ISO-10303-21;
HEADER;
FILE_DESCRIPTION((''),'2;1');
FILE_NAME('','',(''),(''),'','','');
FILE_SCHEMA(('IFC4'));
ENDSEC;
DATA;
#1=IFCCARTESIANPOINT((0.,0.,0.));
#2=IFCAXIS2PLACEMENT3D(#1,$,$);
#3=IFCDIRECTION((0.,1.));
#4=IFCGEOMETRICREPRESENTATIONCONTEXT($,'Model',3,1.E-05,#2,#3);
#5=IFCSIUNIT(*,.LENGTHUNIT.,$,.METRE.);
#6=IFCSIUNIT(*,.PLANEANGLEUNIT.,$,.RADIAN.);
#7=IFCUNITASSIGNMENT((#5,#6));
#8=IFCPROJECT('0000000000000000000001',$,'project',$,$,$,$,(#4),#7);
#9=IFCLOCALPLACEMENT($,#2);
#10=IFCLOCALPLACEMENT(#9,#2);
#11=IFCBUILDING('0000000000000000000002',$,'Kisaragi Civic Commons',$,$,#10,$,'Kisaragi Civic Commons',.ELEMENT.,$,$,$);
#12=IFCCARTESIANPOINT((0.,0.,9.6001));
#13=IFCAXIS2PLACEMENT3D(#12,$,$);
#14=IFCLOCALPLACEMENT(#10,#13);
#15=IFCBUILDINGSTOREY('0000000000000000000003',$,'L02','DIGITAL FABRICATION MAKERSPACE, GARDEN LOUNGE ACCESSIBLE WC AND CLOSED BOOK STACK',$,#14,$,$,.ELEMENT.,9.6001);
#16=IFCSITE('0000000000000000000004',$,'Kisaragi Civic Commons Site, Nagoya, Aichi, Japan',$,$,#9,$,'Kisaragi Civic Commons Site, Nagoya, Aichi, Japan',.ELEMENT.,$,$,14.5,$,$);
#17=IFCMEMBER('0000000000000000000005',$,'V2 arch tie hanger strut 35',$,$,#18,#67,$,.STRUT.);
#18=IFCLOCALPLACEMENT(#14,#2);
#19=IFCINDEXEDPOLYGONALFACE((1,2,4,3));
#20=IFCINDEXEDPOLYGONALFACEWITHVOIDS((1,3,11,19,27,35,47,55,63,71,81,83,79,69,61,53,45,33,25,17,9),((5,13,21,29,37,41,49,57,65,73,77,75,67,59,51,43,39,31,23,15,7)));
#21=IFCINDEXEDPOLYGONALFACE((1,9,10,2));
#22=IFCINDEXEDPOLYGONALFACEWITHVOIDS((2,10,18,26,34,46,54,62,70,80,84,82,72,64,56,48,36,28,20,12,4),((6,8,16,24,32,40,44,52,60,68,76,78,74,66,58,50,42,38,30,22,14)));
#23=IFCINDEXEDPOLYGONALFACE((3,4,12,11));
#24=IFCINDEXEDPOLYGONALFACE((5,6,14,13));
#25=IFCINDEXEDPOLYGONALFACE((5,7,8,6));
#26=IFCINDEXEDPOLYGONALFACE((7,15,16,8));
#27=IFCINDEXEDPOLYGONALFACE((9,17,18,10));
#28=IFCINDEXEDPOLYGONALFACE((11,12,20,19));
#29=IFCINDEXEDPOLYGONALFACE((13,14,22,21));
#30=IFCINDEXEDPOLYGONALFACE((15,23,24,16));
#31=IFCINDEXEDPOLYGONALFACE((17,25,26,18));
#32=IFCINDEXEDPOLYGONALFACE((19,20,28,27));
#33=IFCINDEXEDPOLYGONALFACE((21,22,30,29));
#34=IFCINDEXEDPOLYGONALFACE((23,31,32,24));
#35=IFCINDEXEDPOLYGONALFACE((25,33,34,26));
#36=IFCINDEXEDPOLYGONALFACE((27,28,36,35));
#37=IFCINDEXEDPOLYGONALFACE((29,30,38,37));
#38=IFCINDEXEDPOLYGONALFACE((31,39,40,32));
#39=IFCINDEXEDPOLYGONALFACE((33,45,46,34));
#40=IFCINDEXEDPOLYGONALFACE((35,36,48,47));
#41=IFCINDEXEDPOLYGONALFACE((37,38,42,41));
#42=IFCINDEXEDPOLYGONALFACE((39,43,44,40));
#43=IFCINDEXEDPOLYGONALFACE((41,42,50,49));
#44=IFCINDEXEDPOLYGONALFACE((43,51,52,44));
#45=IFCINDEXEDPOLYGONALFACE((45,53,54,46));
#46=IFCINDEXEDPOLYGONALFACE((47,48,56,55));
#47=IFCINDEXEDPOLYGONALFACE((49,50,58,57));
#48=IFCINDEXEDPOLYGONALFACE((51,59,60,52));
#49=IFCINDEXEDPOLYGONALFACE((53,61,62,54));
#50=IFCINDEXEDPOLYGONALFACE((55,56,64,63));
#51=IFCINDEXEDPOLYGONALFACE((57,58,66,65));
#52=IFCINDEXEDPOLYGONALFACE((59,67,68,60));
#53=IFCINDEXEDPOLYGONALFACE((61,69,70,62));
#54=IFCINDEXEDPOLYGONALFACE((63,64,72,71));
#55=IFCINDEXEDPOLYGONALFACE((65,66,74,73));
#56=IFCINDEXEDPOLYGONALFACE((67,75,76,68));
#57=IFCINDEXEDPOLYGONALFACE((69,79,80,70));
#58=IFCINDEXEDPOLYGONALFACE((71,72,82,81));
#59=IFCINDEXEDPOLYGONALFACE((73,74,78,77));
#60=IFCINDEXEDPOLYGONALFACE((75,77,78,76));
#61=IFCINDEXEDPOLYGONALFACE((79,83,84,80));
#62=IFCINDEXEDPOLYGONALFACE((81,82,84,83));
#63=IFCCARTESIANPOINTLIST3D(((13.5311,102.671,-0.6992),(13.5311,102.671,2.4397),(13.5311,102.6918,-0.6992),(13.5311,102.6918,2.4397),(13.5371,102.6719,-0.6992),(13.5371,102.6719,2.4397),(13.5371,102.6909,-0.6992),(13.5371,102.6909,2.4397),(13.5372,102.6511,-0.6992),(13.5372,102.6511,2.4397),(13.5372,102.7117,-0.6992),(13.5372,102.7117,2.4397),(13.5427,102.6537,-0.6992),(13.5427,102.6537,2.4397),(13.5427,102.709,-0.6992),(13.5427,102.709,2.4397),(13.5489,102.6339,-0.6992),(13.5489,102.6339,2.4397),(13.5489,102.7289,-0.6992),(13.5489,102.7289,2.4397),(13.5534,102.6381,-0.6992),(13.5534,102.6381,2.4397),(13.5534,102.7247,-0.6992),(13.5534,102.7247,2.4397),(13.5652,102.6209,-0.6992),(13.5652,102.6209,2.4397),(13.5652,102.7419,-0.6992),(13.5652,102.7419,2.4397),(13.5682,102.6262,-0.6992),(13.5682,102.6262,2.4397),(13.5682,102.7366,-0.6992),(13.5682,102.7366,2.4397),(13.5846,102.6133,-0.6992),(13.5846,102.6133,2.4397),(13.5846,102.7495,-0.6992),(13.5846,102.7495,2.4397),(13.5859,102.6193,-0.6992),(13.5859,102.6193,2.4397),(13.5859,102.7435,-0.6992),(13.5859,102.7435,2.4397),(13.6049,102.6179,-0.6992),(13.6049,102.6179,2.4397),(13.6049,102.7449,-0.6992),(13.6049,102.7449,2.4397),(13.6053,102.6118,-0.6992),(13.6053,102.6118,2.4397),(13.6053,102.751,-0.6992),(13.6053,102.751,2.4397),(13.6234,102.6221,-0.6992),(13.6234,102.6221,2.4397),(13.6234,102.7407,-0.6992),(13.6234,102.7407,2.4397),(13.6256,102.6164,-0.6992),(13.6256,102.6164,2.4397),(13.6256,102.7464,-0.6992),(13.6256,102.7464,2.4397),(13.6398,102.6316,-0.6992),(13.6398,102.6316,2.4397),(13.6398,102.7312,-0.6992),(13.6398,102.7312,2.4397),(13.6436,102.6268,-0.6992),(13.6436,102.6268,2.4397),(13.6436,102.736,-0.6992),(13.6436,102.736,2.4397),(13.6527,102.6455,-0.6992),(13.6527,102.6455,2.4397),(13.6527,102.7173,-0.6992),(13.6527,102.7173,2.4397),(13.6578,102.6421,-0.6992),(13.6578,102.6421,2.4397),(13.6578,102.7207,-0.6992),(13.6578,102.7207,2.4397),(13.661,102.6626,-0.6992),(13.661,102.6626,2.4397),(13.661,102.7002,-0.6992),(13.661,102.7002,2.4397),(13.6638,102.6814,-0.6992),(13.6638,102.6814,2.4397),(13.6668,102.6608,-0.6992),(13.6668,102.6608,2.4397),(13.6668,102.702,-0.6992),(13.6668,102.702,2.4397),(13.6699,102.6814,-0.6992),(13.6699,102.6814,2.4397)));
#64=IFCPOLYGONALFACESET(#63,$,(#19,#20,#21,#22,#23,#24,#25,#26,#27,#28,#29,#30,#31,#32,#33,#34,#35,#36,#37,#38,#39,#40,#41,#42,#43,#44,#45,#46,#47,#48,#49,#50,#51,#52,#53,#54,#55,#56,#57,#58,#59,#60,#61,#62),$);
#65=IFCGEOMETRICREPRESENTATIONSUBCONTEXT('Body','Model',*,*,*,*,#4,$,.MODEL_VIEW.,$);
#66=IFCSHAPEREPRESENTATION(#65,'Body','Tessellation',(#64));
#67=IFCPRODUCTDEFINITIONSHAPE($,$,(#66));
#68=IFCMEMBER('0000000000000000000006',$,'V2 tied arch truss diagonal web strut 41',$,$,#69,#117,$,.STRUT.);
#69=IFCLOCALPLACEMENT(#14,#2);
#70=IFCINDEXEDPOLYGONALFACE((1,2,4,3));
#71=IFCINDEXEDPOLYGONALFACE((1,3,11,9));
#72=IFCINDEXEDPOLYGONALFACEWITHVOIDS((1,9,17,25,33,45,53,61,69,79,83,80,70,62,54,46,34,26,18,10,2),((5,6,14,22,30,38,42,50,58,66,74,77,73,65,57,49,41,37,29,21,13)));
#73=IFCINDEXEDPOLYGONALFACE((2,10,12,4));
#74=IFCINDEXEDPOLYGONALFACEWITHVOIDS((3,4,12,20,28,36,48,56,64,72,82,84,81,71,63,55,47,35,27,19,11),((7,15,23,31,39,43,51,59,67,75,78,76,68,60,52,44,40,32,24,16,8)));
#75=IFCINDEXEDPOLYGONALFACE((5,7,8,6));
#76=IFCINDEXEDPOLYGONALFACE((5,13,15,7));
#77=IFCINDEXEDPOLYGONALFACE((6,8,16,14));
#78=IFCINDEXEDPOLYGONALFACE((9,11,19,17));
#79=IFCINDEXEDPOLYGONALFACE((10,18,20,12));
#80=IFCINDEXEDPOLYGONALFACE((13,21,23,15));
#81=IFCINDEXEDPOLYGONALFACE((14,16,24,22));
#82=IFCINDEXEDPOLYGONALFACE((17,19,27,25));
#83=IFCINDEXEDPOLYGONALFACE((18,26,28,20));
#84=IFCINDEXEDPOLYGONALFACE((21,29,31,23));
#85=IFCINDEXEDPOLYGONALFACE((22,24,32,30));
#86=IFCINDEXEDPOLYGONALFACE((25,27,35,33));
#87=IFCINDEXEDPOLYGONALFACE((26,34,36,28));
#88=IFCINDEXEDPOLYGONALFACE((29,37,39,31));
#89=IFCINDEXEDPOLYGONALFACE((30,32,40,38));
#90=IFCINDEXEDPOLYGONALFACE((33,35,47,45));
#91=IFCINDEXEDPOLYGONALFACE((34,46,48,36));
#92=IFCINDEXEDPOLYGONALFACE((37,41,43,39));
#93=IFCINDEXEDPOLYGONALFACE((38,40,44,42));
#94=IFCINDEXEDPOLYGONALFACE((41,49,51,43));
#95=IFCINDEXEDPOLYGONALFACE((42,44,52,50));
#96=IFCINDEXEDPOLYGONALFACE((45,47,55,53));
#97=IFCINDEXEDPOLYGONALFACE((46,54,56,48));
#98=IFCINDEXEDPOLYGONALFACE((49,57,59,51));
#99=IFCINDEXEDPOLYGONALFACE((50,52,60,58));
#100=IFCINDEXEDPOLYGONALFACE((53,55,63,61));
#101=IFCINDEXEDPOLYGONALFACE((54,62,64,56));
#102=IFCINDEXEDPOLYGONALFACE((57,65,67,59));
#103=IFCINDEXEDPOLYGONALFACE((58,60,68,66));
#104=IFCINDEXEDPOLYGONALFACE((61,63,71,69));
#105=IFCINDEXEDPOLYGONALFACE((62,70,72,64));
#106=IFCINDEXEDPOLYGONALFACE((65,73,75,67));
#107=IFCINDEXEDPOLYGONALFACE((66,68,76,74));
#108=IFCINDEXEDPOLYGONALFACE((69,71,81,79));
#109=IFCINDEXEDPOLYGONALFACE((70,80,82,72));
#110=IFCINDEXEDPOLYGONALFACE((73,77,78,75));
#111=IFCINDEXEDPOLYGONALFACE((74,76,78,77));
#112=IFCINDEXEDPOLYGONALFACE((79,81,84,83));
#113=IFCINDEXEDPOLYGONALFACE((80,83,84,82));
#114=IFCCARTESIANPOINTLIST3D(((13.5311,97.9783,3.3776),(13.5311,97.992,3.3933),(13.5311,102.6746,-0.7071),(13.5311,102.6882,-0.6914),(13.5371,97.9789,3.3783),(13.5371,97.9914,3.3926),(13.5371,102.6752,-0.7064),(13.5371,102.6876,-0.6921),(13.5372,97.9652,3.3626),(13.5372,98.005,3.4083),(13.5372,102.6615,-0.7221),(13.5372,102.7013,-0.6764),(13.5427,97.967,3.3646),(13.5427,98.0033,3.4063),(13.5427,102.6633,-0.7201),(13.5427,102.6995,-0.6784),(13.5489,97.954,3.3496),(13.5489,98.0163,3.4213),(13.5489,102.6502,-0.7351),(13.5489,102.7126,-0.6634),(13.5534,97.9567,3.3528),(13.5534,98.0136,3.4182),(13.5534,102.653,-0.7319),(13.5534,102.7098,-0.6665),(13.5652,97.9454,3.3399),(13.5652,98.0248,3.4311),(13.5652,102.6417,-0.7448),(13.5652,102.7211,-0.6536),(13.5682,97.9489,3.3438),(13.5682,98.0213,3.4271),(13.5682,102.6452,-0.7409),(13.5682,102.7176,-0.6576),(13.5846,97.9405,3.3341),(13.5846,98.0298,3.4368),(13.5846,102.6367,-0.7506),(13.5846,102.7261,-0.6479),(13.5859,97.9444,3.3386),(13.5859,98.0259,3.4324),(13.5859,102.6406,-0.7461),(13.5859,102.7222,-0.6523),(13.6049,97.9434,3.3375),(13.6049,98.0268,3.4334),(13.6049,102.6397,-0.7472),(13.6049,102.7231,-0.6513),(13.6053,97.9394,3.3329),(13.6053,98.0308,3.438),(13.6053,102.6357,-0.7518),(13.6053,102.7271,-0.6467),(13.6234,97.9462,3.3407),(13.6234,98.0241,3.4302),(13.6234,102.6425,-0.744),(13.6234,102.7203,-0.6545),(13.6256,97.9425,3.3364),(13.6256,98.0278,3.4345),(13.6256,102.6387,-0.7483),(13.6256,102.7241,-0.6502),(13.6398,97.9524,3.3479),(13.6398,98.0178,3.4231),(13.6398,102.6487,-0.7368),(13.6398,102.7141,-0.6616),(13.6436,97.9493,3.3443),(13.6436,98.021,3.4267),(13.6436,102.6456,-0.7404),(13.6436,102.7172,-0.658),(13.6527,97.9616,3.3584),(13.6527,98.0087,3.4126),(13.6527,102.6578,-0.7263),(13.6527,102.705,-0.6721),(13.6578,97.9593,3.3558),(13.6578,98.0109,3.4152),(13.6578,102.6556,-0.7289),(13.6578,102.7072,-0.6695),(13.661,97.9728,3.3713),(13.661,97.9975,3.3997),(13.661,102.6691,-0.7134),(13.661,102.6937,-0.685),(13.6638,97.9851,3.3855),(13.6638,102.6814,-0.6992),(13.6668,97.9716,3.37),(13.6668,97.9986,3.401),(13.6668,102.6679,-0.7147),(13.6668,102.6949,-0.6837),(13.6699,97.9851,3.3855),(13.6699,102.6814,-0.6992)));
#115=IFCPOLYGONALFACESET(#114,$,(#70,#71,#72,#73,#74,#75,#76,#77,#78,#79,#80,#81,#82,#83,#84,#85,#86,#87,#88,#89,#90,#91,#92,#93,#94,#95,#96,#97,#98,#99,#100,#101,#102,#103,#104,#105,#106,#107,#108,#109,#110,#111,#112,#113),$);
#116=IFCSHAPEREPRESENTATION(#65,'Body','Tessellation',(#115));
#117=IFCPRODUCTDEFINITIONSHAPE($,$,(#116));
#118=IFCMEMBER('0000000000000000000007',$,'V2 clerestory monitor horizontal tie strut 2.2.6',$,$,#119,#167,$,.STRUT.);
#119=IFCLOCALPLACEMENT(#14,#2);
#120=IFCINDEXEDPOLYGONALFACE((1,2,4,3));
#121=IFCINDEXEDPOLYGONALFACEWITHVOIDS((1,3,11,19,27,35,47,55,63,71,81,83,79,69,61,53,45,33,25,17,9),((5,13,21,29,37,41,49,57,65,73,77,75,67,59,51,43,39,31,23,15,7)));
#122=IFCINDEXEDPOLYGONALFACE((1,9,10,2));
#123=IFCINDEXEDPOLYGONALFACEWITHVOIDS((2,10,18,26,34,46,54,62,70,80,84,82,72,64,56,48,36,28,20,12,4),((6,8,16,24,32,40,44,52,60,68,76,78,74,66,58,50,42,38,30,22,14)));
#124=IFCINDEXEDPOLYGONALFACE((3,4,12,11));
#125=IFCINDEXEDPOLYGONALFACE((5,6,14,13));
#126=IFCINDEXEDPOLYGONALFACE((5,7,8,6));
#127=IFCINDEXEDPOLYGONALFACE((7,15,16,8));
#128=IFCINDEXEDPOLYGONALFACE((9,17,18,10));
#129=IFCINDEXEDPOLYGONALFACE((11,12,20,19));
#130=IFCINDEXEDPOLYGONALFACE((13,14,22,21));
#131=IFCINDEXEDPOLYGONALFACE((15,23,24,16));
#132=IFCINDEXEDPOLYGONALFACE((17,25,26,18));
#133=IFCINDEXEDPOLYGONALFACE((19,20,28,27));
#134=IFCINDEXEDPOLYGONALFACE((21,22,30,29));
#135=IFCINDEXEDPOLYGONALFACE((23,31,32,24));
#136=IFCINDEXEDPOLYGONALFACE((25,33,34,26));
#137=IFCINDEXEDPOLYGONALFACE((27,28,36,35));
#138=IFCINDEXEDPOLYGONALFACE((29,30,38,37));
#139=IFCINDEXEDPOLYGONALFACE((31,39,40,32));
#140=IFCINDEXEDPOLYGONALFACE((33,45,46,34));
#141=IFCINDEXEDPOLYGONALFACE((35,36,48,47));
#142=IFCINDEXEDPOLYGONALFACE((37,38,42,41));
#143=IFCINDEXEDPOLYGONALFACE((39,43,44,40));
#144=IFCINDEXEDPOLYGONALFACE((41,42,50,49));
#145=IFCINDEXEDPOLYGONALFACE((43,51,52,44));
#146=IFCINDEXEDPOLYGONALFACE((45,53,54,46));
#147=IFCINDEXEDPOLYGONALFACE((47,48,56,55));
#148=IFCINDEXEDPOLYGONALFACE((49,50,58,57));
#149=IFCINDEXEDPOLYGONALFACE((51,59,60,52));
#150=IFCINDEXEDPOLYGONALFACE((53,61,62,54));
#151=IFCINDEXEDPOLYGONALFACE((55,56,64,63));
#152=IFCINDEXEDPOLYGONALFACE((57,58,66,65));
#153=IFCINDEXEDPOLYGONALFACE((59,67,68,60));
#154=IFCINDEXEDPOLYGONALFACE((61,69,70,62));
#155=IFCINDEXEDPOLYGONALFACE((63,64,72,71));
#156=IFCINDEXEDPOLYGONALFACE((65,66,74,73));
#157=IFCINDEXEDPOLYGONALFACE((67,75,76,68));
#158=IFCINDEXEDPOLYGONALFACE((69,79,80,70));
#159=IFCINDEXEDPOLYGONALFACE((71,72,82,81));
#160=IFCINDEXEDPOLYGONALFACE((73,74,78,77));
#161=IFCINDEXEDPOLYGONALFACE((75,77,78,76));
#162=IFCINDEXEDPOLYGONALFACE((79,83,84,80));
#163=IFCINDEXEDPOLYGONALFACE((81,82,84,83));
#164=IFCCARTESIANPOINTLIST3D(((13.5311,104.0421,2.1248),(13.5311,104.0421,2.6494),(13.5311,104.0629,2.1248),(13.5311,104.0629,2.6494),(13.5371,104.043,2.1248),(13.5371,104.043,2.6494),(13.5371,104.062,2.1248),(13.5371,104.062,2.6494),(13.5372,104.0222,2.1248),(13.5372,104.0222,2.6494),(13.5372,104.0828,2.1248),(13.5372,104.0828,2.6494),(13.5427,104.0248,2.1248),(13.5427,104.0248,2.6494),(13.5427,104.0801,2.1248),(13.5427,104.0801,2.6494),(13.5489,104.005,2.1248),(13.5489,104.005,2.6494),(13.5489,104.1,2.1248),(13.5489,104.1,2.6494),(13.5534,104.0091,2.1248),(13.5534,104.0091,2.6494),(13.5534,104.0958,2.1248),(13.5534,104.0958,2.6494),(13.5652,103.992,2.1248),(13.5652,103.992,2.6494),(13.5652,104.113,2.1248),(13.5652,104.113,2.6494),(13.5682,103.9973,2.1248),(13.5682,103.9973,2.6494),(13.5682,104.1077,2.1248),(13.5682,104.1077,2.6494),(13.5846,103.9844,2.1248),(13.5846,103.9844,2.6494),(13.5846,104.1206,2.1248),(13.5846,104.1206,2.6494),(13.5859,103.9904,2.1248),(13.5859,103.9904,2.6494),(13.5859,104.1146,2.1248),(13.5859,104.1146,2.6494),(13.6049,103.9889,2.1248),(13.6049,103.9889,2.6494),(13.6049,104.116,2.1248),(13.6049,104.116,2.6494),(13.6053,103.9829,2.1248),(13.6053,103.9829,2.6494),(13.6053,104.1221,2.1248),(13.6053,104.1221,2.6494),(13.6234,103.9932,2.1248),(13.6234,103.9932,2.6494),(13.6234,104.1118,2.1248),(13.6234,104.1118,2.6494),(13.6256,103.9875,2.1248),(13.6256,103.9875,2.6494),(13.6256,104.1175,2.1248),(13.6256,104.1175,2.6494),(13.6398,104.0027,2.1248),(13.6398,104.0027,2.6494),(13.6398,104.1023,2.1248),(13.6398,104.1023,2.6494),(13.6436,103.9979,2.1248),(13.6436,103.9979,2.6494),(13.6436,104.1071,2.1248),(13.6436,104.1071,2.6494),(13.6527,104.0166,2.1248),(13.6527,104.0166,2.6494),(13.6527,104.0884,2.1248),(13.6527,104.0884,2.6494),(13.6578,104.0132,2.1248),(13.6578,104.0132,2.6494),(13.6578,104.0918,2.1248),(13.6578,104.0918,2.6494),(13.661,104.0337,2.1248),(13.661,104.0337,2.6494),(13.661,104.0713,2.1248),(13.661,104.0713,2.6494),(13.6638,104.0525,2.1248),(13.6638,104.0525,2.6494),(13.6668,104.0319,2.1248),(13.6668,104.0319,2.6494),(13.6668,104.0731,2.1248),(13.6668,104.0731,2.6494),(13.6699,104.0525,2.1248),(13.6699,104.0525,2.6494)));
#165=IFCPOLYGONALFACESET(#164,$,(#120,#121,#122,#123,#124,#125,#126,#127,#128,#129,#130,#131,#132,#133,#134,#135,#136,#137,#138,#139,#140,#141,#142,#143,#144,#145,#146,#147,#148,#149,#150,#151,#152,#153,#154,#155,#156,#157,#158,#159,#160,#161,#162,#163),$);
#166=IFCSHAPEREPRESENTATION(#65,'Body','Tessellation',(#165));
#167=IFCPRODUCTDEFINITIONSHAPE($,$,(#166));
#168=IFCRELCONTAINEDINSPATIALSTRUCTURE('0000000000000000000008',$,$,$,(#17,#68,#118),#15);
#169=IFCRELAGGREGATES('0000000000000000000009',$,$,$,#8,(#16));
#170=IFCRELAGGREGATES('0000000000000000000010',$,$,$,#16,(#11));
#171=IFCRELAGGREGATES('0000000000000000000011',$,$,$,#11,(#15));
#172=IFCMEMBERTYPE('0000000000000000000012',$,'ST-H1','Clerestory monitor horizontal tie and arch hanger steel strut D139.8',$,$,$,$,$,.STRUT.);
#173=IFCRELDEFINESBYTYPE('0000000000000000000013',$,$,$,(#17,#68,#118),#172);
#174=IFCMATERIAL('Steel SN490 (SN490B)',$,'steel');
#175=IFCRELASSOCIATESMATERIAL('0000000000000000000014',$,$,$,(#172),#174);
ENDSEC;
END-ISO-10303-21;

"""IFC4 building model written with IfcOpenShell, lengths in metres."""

from ifc_helpers import new_model, si_unit, direction, frame, origin, origin_2d, place, context, subcontext, project, spatial, hollow_circle, extrude, material, material_profile, profile_set, type_object, element, save


model = new_model("IFC4")

# Units and contexts
model_context = context("Model", 3, precision=1e-05, world=origin(), true_north=direction((0.0, 1.0)))
body_context = subcontext(model_context, "Body", "Model", "MODEL_VIEW")
ifc_project = project(units=[si_unit("LENGTHUNIT", "METRE"), si_unit("PLANEANGLEUNIT", "RADIAN")], contexts=[model_context])

# Site, building, storey
site_placement = place(None, origin())
site = spatial("IfcSite", under=ifc_project, at=site_placement, Name="Kisaragi Civic Commons Site, Nagoya, Aichi, Japan", LongName="Kisaragi Civic Commons Site, Nagoya, Aichi, Japan", CompositionType="ELEMENT", RefElevation=14.5)
building_placement = place(site_placement, origin())
building = spatial("IfcBuilding", under=site, at=building_placement, Name="Kisaragi Civic Commons", LongName="Kisaragi Civic Commons", CompositionType="ELEMENT")
storey_placement = place(building_placement, frame((0.0, 0.0, 9.6001)))
storey = spatial("IfcBuildingStorey", under=building, at=storey_placement, Name="L02", Description="DIGITAL FABRICATION MAKERSPACE, GARDEN LOUNGE ACCESSIBLE WC AND CLOSED BOOK STACK", CompositionType="ELEMENT", Elevation=9.6001)

# Members
ifc_material_1 = material(Name="Steel SN490 (SN490B)", Category="steel")
ifc_material_profile_1 = material_profile(ifc_material_1, hollow_circle(Radius=0.0698, WallThickness=0.0061, at=origin_2d()), Name="CHS-139.8x6.0", Category="steel")
ifc_profile_set_1 = profile_set([ifc_material_profile_1], Name="Steel SN490 (SN490B)")
member_type_1 = type_object("IfcMemberType", Name="ST-H1", Description="Clerestory monitor horizontal tie and arch hanger steel strut D139.8", PredefinedType="STRUT", material=ifc_profile_set_1)
member_1_placement = place(storey_placement, frame((13.6001, 102.6814, -0.6992), z_axis=(0.0, 0.0, 1.0), x_axis=(1.0, 0.0, 0.0)))
element("IfcMember", 1, at=member_1_placement, inside=storey, type_object=member_type_1, Name="V2 arch tie hanger strut 35", PredefinedType="STRUT", context=body_context, shape_type="SweptSolid", body=[
    extrude(hollow_circle(Radius=0.0698, WallThickness=0.0061, at=origin_2d()), origin(), (0.0, 0.0, 1.0), 3.1389),
])
member_2_placement = place(storey_placement, frame((13.6001, 102.6814, -0.6992), z_axis=(0.0, -0.754527, 0.656269), x_axis=(1.0, 0.0, 0.0)))
element("IfcMember", 2, at=member_2_placement, inside=storey, type_object=member_type_1, Name="V2 tied arch truss diagonal web strut 41", PredefinedType="STRUT", context=body_context, shape_type="SweptSolid", body=[
    extrude(hollow_circle(Radius=0.0698, WallThickness=0.0061, at=origin_2d()), origin(), (0.0, 0.0, 1.0), 6.2241),
])
member_3_placement = place(storey_placement, frame((13.6001, 104.0525, 2.1248), z_axis=(0.0, 0.0, 1.0), x_axis=(1.0, 0.0, 0.0)))
element("IfcMember", 3, at=member_3_placement, inside=storey, type_object=member_type_1, Name="V2 clerestory monitor horizontal tie strut 2.2.6", PredefinedType="STRUT", context=body_context, shape_type="SweptSolid", body=[
    extrude(hollow_circle(Radius=0.0698, WallThickness=0.0061, at=origin_2d()), origin(), (0.0, 0.0, 1.0), 0.5247),
])

save(model, "model.ifc")
